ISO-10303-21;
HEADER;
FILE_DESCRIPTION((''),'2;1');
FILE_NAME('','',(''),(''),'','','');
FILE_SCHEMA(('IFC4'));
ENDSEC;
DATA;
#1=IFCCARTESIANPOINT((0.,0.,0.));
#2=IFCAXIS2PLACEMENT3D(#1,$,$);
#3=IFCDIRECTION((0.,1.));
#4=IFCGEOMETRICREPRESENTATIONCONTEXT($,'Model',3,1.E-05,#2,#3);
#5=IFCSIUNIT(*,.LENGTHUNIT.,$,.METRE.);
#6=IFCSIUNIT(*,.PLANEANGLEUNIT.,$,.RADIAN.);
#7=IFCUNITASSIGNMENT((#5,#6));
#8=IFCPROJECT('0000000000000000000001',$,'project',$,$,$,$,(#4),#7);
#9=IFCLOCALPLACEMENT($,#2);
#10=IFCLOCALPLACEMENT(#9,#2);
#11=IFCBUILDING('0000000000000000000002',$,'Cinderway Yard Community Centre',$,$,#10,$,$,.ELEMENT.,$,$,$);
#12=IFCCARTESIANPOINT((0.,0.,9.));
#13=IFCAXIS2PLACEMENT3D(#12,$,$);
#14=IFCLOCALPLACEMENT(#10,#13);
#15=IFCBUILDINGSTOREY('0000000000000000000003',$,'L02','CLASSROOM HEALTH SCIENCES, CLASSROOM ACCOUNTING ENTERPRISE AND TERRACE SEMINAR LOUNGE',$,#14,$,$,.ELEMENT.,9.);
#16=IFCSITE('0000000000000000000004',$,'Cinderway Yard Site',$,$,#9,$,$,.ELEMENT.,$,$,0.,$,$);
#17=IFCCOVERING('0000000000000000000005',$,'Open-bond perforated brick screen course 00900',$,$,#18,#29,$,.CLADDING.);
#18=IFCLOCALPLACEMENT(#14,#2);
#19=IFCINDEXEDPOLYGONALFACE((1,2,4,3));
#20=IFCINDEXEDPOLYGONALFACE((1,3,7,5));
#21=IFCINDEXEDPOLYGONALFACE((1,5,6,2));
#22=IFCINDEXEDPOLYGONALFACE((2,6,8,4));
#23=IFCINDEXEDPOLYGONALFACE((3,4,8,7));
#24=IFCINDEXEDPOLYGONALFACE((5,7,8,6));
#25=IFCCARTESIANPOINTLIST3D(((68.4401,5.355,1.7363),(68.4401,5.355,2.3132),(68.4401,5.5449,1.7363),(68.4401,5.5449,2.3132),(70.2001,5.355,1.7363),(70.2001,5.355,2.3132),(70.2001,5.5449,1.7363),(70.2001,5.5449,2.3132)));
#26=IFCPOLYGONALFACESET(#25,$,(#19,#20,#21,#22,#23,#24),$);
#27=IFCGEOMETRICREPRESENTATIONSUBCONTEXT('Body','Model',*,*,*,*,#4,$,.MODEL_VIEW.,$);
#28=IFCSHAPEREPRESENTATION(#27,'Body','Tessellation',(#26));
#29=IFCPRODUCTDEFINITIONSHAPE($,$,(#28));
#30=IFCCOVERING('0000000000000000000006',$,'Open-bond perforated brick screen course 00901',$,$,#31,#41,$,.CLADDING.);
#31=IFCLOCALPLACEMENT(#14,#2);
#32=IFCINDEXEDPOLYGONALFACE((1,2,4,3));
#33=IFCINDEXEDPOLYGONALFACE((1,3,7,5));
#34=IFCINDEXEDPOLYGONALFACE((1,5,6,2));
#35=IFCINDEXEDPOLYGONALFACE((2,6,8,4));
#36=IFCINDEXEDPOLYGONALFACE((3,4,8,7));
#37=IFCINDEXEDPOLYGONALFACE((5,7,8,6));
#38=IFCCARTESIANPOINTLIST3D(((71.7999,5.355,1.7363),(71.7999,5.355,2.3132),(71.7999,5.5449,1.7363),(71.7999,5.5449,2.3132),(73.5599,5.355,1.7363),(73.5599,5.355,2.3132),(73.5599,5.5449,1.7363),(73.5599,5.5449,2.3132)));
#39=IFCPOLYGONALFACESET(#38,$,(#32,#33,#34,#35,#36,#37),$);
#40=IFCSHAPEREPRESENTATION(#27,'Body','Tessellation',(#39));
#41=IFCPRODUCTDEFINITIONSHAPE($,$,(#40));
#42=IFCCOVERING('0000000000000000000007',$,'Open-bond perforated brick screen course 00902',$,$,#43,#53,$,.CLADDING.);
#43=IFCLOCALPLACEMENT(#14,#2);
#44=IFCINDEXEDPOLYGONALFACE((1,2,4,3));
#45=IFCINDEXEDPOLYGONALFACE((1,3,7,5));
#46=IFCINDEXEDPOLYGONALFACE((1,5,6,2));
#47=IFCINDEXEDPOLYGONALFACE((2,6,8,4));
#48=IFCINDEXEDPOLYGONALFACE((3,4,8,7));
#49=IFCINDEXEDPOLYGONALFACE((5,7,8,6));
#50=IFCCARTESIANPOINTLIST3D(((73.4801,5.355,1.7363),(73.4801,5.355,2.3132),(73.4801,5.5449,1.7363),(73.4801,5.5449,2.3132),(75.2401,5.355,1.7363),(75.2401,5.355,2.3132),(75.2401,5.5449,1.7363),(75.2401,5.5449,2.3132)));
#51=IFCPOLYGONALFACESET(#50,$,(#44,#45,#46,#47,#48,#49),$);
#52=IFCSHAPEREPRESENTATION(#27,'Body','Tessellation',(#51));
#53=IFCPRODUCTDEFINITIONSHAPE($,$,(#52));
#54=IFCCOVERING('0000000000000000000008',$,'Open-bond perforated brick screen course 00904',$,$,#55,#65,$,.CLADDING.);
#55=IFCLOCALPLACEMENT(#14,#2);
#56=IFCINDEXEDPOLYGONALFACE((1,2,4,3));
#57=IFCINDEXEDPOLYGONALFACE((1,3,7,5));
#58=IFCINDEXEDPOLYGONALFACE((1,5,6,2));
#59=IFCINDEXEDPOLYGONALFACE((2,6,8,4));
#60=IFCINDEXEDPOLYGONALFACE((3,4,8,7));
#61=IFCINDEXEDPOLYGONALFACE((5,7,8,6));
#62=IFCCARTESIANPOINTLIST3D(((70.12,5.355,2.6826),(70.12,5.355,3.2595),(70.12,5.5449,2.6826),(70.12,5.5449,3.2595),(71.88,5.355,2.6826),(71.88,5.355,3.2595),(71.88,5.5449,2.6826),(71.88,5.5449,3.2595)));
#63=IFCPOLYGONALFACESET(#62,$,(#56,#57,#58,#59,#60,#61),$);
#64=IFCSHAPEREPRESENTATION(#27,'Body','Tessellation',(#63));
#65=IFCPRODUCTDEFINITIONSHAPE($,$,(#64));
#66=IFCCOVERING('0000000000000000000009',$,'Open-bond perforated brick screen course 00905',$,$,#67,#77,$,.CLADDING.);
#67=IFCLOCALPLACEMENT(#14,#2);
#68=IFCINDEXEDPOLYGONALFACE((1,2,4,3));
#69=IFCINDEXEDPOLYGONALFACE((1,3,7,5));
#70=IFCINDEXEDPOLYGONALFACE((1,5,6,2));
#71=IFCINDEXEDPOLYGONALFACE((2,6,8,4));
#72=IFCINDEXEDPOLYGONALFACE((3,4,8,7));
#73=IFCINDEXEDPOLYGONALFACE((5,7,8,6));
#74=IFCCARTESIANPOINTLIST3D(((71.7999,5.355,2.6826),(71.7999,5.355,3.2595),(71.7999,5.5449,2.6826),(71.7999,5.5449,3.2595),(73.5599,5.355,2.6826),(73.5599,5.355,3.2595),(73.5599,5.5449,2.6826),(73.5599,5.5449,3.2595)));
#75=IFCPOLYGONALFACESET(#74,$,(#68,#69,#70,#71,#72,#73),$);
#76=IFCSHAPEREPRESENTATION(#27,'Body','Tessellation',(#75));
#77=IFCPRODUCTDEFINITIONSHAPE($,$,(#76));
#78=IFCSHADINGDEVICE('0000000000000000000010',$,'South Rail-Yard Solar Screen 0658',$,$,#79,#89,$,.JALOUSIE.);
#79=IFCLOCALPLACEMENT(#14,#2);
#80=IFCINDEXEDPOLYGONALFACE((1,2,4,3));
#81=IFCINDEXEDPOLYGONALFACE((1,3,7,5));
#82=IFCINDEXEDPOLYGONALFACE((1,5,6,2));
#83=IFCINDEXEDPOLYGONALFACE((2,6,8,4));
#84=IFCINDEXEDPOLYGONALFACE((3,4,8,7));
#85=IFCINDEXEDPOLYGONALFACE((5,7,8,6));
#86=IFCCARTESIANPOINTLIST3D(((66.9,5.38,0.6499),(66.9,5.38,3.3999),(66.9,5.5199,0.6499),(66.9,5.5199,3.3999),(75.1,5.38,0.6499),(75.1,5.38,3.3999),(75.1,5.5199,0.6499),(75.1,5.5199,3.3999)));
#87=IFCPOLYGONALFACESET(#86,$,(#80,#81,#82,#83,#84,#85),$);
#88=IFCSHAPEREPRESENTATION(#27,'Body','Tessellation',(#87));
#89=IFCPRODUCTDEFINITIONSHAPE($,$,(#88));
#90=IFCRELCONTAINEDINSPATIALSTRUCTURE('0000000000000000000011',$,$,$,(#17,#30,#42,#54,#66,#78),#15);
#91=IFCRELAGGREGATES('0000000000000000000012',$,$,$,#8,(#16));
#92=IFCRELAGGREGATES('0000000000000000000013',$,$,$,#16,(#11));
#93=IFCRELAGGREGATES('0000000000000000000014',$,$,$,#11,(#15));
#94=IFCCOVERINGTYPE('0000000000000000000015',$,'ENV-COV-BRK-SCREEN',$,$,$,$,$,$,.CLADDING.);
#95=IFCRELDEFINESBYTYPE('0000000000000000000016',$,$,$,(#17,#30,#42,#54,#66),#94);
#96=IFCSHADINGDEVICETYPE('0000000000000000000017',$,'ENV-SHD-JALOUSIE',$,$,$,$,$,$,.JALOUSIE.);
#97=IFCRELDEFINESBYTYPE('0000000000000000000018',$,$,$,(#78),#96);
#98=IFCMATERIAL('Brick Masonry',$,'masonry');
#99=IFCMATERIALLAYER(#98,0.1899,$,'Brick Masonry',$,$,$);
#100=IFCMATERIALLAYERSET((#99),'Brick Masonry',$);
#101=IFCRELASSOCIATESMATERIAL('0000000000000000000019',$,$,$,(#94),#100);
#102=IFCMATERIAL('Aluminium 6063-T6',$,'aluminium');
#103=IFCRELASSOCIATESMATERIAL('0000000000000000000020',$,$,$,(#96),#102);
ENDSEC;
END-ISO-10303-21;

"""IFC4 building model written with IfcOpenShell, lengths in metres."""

from ifc_helpers import new_model, si_unit, direction, frame, origin, origin_2d, place, context, subcontext, project, spatial, rectangle, extrude, material, layer, layer_set, type_object, element, save


model = new_model("IFC4")

# Units and contexts
model_context = context("Model", 3, precision=1e-05, world=origin(), true_north=direction((0.0, 1.0)))
body_context = subcontext(model_context, "Body", "Model", "MODEL_VIEW")
ifc_project = project(units=[si_unit("LENGTHUNIT", "METRE"), si_unit("PLANEANGLEUNIT", "RADIAN")], contexts=[model_context])

# Site, building, storey
site_placement = place(None, origin())
site = spatial("IfcSite", under=ifc_project, at=site_placement, Name="Cinderway Yard Site", CompositionType="ELEMENT", RefElevation=0.0)
building_placement = place(site_placement, origin())
building = spatial("IfcBuilding", under=site, at=building_placement, Name="Cinderway Yard Community Centre", CompositionType="ELEMENT")
storey_placement = place(building_placement, frame((0.0, 0.0, 9.0)))
storey = spatial("IfcBuildingStorey", under=building, at=storey_placement, Name="L02", Description="CLASSROOM HEALTH SCIENCES, CLASSROOM ACCOUNTING ENTERPRISE AND TERRACE SEMINAR LOUNGE", CompositionType="ELEMENT", Elevation=9.0)

# Shared definitions
ifc_material_1 = material(Name="Aluminium 6063-T6", Category="aluminium")

# Coverings
ifc_material_2 = material(Name="Brick Masonry", Category="masonry")
ifc_layer_1 = layer(ifc_material_2, 0.1899, Name="Brick Masonry")
ifc_layer_set_1 = layer_set([ifc_layer_1], Name="Brick Masonry")
covering_type = type_object("IfcCoveringType", Name="ENV-COV-BRK-SCREEN", PredefinedType="CLADDING", material=ifc_layer_set_1)
for number, where, z_axis, x_axis, name in (
    (1, (69.3201, 5.45, 1.7363), (0.0, 0.0, 1.0), (-1.0, 0.0, 0.0), "Open-bond perforated brick screen course 00900"),
    (2, (72.6799, 5.45, 1.7363), (0.0, 0.0, 1.0), (-1.0, 0.0, 0.0), "Open-bond perforated brick screen course 00901"),
    (3, (74.3601, 5.45, 1.7363), (0.0, 0.0, 1.0), (-1.0, 0.0, 0.0), "Open-bond perforated brick screen course 00902"),
    (4, (71.0, 5.45, 2.6826), (0.0, 0.0, 1.0), (-1.0, 0.0, 0.0), "Open-bond perforated brick screen course 00904"),
    (5, (72.6799, 5.45, 2.6826), (0.0, 0.0, 1.0), (-1.0, 0.0, 0.0), "Open-bond perforated brick screen course 00905"),
):
    element("IfcCovering", number, at=place(storey_placement, frame(where, z_axis=z_axis, x_axis=x_axis)), inside=storey, type_object=covering_type, Name=name, PredefinedType="CLADDING", context=body_context, shape_type="SweptSolid", body=[
        extrude(rectangle(XDim=1.76, YDim=0.1899, at=origin_2d()), origin(), (0.0, 0.0, 1.0), 0.5769),
    ])

# Shading device
shading_device_type = type_object("IfcShadingDeviceType", Name="ENV-SHD-JALOUSIE", PredefinedType="JALOUSIE", material=ifc_material_1)
shading_device_placement = place(storey_placement, frame((71.0, 5.45, 0.6499), z_axis=(0.0, 0.0, 1.0), x_axis=(-1.0, 0.0, 0.0)))
element("IfcShadingDevice", 6, at=shading_device_placement, inside=storey, type_object=shading_device_type, Name="South Rail-Yard Solar Screen 0658", PredefinedType="JALOUSIE", context=body_context, shape_type="SweptSolid", body=[
    extrude(rectangle(XDim=8.2, YDim=0.1399, at=origin_2d()), origin(), (0.0, 0.0, 1.0), 2.75),
])

save(model, "model.ifc")
